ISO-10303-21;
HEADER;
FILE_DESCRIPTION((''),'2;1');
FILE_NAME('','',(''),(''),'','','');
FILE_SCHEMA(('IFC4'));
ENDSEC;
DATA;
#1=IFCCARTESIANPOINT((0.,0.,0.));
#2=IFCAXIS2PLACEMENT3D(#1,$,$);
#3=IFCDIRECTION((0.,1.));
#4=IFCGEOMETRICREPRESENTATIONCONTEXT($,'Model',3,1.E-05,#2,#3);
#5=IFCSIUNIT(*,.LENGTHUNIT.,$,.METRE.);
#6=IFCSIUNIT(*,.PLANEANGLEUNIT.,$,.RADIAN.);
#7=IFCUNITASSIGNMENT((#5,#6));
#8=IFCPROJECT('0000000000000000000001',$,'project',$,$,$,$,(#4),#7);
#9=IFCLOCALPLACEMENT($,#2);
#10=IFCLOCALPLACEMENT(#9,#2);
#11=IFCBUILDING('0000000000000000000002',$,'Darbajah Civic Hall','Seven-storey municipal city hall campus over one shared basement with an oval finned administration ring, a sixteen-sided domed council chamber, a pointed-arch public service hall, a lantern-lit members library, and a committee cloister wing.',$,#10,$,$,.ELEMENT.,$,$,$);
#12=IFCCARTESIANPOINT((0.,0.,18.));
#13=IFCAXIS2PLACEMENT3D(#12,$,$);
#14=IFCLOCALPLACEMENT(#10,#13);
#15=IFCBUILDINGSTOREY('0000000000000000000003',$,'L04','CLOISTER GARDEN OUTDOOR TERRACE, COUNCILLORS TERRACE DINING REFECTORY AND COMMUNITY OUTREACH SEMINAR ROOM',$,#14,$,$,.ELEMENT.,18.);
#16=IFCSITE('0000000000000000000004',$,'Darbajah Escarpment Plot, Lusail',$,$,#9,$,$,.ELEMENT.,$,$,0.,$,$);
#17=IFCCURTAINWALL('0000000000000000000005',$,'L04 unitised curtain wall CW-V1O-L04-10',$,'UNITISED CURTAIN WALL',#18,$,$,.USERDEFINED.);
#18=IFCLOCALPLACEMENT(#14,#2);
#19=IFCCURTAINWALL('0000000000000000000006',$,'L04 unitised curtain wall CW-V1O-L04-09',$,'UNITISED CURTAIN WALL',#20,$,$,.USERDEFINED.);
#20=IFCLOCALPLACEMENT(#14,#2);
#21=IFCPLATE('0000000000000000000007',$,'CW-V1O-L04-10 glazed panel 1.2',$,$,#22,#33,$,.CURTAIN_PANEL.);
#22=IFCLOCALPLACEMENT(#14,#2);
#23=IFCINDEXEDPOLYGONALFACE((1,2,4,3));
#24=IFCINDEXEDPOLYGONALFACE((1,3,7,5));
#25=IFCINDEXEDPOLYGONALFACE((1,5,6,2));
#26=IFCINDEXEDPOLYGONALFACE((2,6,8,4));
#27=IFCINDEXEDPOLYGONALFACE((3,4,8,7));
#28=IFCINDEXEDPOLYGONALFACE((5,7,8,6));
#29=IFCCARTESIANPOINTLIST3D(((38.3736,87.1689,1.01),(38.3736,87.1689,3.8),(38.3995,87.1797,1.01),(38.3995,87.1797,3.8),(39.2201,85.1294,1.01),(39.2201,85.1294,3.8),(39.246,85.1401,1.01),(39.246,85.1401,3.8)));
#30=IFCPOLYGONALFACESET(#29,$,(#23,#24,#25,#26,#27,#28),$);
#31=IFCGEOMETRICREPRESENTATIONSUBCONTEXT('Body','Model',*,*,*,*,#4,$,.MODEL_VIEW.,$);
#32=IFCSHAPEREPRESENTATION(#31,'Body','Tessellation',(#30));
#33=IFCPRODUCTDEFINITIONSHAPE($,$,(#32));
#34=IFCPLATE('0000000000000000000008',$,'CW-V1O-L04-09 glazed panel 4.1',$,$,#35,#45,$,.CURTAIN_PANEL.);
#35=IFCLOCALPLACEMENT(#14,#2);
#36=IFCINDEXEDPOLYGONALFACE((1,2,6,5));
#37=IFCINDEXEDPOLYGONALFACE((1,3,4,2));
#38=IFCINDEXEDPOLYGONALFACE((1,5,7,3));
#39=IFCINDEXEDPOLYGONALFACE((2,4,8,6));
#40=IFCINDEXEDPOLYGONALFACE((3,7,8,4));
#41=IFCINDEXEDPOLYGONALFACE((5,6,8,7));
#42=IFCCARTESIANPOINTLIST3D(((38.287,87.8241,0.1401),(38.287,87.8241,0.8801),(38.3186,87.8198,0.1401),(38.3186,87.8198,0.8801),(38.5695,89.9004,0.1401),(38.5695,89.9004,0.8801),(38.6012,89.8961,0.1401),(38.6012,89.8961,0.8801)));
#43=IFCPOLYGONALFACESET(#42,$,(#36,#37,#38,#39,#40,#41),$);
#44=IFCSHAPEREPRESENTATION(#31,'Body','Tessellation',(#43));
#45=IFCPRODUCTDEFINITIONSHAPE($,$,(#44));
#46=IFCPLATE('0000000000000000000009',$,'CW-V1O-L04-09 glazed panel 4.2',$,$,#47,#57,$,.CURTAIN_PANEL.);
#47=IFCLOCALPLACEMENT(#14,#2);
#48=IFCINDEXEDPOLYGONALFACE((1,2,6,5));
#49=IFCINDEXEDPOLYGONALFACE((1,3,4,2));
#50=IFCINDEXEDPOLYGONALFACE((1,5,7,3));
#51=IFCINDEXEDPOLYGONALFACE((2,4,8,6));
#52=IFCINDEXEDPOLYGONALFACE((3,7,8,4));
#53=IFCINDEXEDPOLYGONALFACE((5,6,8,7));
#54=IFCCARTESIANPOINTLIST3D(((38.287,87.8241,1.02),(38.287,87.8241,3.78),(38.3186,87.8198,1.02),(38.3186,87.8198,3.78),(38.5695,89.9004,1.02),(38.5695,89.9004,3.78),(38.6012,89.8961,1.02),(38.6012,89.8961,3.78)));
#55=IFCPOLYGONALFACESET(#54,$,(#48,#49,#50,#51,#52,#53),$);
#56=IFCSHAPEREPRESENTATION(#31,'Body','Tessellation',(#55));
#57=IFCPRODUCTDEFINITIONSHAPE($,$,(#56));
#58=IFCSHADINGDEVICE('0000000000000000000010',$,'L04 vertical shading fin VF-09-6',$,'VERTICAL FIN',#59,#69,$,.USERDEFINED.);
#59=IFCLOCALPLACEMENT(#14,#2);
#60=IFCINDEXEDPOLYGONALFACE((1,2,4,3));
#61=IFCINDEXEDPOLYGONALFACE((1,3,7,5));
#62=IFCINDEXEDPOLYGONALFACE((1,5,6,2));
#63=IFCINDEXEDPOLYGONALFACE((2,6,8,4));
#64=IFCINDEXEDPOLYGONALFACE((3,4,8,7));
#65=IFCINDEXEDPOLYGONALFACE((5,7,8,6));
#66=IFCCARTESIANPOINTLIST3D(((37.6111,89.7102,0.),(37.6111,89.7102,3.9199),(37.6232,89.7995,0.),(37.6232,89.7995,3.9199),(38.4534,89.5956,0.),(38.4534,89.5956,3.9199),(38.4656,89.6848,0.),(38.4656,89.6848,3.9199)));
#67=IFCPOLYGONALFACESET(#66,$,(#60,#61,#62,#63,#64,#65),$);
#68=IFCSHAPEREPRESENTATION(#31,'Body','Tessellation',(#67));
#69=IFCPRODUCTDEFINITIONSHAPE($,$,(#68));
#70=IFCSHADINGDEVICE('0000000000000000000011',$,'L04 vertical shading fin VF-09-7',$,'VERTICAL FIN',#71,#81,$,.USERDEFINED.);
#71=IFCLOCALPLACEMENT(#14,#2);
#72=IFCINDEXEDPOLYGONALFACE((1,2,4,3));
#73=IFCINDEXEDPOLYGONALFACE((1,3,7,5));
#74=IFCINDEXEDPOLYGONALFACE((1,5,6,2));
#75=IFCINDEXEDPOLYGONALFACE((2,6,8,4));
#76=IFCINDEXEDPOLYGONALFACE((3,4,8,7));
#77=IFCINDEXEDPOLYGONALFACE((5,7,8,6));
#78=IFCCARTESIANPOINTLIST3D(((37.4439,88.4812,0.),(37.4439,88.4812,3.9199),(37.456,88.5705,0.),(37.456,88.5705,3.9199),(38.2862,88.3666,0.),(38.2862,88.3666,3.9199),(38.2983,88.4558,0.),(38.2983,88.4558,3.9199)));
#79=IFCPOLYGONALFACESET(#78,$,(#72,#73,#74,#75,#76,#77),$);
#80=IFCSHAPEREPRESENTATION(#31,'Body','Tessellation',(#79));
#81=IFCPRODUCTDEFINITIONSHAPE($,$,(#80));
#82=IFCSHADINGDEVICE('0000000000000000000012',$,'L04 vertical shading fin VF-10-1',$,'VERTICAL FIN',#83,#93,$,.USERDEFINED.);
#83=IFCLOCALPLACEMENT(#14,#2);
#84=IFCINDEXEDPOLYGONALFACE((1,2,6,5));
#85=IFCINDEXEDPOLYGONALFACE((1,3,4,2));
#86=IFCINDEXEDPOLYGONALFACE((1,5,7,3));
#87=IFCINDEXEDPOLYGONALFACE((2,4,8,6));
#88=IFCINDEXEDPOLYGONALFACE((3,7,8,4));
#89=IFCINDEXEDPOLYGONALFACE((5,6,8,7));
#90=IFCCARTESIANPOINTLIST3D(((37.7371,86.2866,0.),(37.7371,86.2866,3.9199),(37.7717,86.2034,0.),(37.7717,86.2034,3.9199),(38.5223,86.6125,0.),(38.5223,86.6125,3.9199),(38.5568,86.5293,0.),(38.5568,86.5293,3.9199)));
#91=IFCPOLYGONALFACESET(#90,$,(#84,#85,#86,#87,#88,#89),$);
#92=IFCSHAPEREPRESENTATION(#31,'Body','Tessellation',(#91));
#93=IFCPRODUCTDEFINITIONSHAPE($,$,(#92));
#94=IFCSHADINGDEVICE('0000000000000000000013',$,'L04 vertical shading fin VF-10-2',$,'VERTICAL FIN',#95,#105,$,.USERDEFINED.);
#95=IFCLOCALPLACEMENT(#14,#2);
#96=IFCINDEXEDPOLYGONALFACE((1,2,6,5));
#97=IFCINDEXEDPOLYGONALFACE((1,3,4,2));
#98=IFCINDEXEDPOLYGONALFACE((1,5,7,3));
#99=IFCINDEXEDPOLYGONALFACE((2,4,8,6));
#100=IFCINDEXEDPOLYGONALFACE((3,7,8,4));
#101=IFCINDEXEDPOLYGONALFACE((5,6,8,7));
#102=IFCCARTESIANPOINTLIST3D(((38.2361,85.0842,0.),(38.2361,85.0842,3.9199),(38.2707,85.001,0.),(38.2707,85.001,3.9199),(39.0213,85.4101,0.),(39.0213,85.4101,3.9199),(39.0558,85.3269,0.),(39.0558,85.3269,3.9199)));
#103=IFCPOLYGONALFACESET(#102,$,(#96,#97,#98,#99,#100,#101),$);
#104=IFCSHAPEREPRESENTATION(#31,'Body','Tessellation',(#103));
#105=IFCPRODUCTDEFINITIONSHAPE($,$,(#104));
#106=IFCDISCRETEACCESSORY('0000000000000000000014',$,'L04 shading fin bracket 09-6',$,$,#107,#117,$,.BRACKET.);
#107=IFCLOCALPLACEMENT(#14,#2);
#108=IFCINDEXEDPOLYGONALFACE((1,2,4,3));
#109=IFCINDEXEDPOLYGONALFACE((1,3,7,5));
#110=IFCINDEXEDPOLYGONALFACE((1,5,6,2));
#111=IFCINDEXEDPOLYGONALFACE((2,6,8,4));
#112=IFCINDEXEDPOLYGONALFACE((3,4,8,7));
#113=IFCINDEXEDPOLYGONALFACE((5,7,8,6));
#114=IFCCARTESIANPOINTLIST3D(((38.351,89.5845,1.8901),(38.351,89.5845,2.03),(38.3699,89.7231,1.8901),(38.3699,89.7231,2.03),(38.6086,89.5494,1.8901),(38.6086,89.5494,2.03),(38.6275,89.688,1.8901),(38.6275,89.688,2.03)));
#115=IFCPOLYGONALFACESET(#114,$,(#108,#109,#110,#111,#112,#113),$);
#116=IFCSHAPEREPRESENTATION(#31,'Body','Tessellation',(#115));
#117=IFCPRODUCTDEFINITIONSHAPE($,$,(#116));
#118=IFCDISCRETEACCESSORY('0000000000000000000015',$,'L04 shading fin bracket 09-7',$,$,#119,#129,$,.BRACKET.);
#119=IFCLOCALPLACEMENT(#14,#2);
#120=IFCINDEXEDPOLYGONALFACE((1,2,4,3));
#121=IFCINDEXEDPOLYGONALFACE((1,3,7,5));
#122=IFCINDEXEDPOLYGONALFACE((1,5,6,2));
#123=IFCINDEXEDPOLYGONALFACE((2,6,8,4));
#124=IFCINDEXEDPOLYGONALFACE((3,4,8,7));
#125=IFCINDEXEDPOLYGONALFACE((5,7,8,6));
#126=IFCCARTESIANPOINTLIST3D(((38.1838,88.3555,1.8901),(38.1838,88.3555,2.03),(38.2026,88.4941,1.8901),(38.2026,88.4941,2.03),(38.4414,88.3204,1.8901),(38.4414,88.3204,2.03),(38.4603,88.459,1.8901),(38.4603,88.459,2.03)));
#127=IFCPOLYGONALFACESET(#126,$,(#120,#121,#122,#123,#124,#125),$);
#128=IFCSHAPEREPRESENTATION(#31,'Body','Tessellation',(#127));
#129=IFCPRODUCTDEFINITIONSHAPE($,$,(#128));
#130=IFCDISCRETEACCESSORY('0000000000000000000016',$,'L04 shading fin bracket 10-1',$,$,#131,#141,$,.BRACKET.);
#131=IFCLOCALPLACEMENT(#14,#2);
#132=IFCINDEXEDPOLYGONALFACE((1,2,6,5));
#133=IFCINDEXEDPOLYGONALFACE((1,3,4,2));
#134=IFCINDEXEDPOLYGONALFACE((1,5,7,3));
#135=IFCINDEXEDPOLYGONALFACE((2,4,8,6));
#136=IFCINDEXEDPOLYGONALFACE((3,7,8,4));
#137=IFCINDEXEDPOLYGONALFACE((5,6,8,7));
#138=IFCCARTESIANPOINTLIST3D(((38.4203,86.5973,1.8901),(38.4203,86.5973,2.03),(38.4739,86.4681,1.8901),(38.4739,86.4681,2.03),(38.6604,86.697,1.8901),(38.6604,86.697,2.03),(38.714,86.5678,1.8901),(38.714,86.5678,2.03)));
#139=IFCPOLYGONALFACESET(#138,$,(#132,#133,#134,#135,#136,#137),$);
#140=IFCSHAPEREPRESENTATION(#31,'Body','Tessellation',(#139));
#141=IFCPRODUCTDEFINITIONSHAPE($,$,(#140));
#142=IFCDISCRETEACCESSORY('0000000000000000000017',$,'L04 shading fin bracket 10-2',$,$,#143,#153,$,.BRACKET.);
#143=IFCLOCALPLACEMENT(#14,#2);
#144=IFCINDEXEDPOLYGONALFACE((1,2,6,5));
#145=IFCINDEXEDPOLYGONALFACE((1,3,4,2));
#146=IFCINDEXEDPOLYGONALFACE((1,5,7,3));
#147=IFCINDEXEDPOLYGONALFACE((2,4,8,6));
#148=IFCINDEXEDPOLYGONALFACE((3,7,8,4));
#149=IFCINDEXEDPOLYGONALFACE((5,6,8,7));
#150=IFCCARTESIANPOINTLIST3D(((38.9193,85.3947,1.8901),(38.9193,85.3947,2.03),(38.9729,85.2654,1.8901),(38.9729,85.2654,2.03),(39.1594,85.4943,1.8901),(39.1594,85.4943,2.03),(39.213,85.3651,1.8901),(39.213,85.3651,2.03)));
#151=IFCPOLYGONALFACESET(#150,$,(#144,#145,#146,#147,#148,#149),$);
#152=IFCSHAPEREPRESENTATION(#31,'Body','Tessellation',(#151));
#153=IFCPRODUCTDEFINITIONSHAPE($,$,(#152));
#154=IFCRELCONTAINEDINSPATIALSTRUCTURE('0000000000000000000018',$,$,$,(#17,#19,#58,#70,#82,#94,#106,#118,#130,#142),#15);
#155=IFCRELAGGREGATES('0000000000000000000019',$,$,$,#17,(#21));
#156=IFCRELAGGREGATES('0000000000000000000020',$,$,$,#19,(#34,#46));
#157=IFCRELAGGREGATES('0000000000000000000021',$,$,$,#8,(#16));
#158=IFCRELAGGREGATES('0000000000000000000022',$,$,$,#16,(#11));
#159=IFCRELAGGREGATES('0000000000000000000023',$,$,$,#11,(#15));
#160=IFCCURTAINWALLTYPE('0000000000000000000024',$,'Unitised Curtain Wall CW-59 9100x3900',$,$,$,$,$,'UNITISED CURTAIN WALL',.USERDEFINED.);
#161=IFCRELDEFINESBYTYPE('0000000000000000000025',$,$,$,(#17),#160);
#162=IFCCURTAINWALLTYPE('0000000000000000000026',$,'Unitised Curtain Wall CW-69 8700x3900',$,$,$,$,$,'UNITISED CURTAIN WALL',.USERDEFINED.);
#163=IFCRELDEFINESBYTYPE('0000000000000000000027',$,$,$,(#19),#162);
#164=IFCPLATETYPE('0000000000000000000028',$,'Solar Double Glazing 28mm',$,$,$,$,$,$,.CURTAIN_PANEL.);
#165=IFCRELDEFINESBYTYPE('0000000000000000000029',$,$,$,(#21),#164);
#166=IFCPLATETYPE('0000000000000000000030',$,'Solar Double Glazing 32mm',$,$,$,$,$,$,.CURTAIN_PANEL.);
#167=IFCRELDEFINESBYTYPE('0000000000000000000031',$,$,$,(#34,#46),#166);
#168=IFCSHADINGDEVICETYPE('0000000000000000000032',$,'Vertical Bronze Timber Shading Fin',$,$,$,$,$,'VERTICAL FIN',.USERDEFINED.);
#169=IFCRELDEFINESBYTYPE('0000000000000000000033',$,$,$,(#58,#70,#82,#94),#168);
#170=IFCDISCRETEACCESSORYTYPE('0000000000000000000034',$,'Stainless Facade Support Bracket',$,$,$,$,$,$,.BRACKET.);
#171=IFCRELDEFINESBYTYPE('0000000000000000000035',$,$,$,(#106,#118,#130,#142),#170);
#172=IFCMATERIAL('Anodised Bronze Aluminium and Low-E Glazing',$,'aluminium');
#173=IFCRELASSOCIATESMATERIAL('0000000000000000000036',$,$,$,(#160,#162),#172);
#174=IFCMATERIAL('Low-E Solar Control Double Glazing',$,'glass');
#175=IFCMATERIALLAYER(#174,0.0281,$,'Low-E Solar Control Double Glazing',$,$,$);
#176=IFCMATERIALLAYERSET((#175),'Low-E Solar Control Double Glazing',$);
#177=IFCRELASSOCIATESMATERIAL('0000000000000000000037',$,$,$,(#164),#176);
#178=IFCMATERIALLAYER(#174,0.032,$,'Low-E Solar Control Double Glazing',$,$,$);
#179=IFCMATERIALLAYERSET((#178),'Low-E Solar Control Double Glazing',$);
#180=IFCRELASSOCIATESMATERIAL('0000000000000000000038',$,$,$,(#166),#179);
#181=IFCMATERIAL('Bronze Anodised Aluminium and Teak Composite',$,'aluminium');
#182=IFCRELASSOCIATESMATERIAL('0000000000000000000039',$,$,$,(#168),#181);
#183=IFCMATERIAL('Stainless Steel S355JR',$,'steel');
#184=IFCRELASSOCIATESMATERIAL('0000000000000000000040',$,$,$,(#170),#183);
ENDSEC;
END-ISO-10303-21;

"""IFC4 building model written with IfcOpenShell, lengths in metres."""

from ifc_helpers import new_model, si_unit, direction, frame, origin, origin_2d, place, context, subcontext, project, spatial, rectangle, extrude, material, layer, layer_set, type_object, element, aggregate, save


model = new_model("IFC4")

# Units and contexts
model_context = context("Model", 3, precision=1e-05, world=origin(), true_north=direction((0.0, 1.0)))
body_context = subcontext(model_context, "Body", "Model", "MODEL_VIEW")
ifc_project = project(units=[si_unit("LENGTHUNIT", "METRE"), si_unit("PLANEANGLEUNIT", "RADIAN")], contexts=[model_context])

# Site, building, storey
site_placement = place(None, origin())
site = spatial("IfcSite", under=ifc_project, at=site_placement, Name="Darbajah Escarpment Plot, Lusail", CompositionType="ELEMENT", RefElevation=0.0)
building_placement = place(site_placement, origin())
building = spatial("IfcBuilding", under=site, at=building_placement, Name="Darbajah Civic Hall", Description="Seven-storey municipal city hall campus over one shared basement with an oval finned administration ring, a sixteen-sided domed council chamber, a pointed-arch public service hall, a lantern-lit members library, and a committee cloister wing.", CompositionType="ELEMENT")
storey_placement = place(building_placement, frame((0.0, 0.0, 18.0)))
storey = spatial("IfcBuildingStorey", under=building, at=storey_placement, Name="L04", Description="CLOISTER GARDEN OUTDOOR TERRACE, COUNCILLORS TERRACE DINING REFECTORY AND COMMUNITY OUTREACH SEMINAR ROOM", CompositionType="ELEMENT", Elevation=18.0)

# Curtain walls
ifc_material_1 = material(Name="Anodised Bronze Aluminium and Low-E Glazing", Category="aluminium")
curtain_wall_type_1 = type_object("IfcCurtainWallType", Name="Unitised Curtain Wall CW-59 9100x3900", ElementType="UNITISED CURTAIN WALL", PredefinedType="USERDEFINED", material=ifc_material_1)
curtain_wall_1_placement = place(storey_placement, origin())
curtain_wall_1 = element("IfcCurtainWall", 1, at=curtain_wall_1_placement, inside=storey, type_object=curtain_wall_type_1, Name="L04 unitised curtain wall CW-V1O-L04-10", ObjectType="UNITISED CURTAIN WALL", PredefinedType="USERDEFINED")
curtain_wall_type_2 = type_object("IfcCurtainWallType", Name="Unitised Curtain Wall CW-69 8700x3900", ElementType="UNITISED CURTAIN WALL", PredefinedType="USERDEFINED", material=ifc_material_1)
curtain_wall_2_placement = place(storey_placement, origin())
curtain_wall_2 = element("IfcCurtainWall", 2, at=curtain_wall_2_placement, inside=storey, type_object=curtain_wall_type_2, Name="L04 unitised curtain wall CW-V1O-L04-09", ObjectType="UNITISED CURTAIN WALL", PredefinedType="USERDEFINED")

# Plates
ifc_material_2 = material(Name="Low-E Solar Control Double Glazing", Category="glass")
ifc_layer_1 = layer(ifc_material_2, 0.0281, Name="Low-E Solar Control Double Glazing")
ifc_layer_set_1 = layer_set([ifc_layer_1], Name="Low-E Solar Control Double Glazing")
plate_type_1 = type_object("IfcPlateType", Name="Solar Double Glazing 28mm", PredefinedType="CURTAIN_PANEL", material=ifc_layer_set_1)
plate_1_placement = place(storey_placement, frame((38.8098, 86.1545, 1.01), z_axis=(0.0, 0.0, 1.0), x_axis=(0.383328, -0.923612, 0.0)))
plate_1 = element("IfcPlate", 3, at=plate_1_placement, type_object=plate_type_1, Name="CW-V1O-L04-10 glazed panel 1.2", PredefinedType="CURTAIN_PANEL", context=body_context, shape_type="SweptSolid", body=[
    extrude(rectangle(XDim=2.2083, YDim=0.0281, at=origin_2d()), origin(), (0.0, 0.0, 1.0), 2.79),
])
aggregate(curtain_wall_1, [plate_1])
ifc_layer_2 = layer(ifc_material_2, 0.032, Name="Low-E Solar Control Double Glazing")
ifc_layer_set_2 = layer_set([ifc_layer_2], Name="Low-E Solar Control Double Glazing")
plate_type_2 = type_object("IfcPlateType", Name="Solar Double Glazing 32mm", PredefinedType="CURTAIN_PANEL", material=ifc_layer_set_2)
plate_2_placement = place(storey_placement, frame((38.4441, 88.8601, 0.1401), z_axis=(0.0, 0.0, 1.0), x_axis=(-0.134851, -0.990866, 0.0)))
plate_2 = element("IfcPlate", 4, at=plate_2_placement, type_object=plate_type_2, Name="CW-V1O-L04-09 glazed panel 4.1", PredefinedType="CURTAIN_PANEL", context=body_context, shape_type="SweptSolid", body=[
    extrude(rectangle(XDim=2.0955, YDim=0.032, at=origin_2d()), origin(), (0.0, 0.0, 1.0), 0.74),
])
plate_3_placement = place(storey_placement, frame((38.4441, 88.8601, 1.02), z_axis=(0.0, 0.0, 1.0), x_axis=(-0.134851, -0.990866, 0.0)))
plate_3 = element("IfcPlate", 5, at=plate_3_placement, type_object=plate_type_2, Name="CW-V1O-L04-09 glazed panel 4.2", PredefinedType="CURTAIN_PANEL", context=body_context, shape_type="SweptSolid", body=[
    extrude(rectangle(XDim=2.0955, YDim=0.032, at=origin_2d()), origin(), (0.0, 0.0, 1.0), 2.76),
])
aggregate(curtain_wall_2, [plate_2, plate_3])

# Shading devices
ifc_material_3 = material(Name="Bronze Anodised Aluminium and Teak Composite", Category="aluminium")
shading_device_type = type_object("IfcShadingDeviceType", Name="Vertical Bronze Timber Shading Fin", ElementType="VERTICAL FIN", PredefinedType="USERDEFINED", material=ifc_material_3)
for number, where, z_axis, x_axis, name in (
    (6, (38.0383, 89.6975, 0.0), (0.0, 0.0, 1.0), (-0.990866, 0.134851, 0.0), "L04 vertical shading fin VF-09-6"),
    (7, (37.8711, 88.4685, 0.0), (0.0, 0.0, 1.0), (-0.990866, 0.134851, 0.0), "L04 vertical shading fin VF-09-7"),
    (8, (38.147, 86.408, 0.0), (0.0, 0.0, 1.0), (-0.923612, -0.383328, 0.0), "L04 vertical shading fin VF-10-1"),
    (9, (38.646, 85.2056, 0.0), (0.0, 0.0, 1.0), (-0.923612, -0.383328, 0.0), "L04 vertical shading fin VF-10-2"),
):
    element("IfcShadingDevice", number, at=place(storey_placement, frame(where, z_axis=z_axis, x_axis=x_axis)), inside=storey, type_object=shading_device_type, Name=name, ObjectType="VERTICAL FIN", PredefinedType="USERDEFINED", context=body_context, shape_type="SweptSolid", body=[
        extrude(rectangle(XDim=0.8501, YDim=0.0901, at=origin_2d()), origin(), (0.0, 0.0, 1.0), 3.9199),
    ])

# Discrete accessories
ifc_material_4 = material(Name="Stainless Steel S355JR", Category="steel")
discrete_accessory_type = type_object("IfcDiscreteAccessoryType", Name="Stainless Facade Support Bracket", PredefinedType="BRACKET", material=ifc_material_4)
for number, where, z_axis, x_axis, name in (
    (10, (38.4893, 89.6362, 1.8901), (0.0, 0.0, 1.0), (-0.990866, 0.134851, 0.0), "L04 shading fin bracket 09-6"),
    (11, (38.322, 88.4072, 1.8901), (0.0, 0.0, 1.0), (-0.990866, 0.134851, 0.0), "L04 shading fin bracket 09-7"),
    (12, (38.5671, 86.5825, 1.8901), (0.0, 0.0, 1.0), (-0.923612, -0.383328, 0.0), "L04 shading fin bracket 10-1"),
    (13, (39.0662, 85.3799, 1.8901), (0.0, 0.0, 1.0), (-0.923612, -0.383328, 0.0), "L04 shading fin bracket 10-2"),
):
    element("IfcDiscreteAccessory", number, at=place(storey_placement, frame(where, z_axis=z_axis, x_axis=x_axis)), inside=storey, type_object=discrete_accessory_type, Name=name, PredefinedType="BRACKET", context=body_context, shape_type="SweptSolid", body=[
        extrude(rectangle(XDim=0.26, YDim=0.1399, at=origin_2d()), origin(), (0.0, 0.0, 1.0), 0.1399),
    ])

save(model, "model.ifc")
